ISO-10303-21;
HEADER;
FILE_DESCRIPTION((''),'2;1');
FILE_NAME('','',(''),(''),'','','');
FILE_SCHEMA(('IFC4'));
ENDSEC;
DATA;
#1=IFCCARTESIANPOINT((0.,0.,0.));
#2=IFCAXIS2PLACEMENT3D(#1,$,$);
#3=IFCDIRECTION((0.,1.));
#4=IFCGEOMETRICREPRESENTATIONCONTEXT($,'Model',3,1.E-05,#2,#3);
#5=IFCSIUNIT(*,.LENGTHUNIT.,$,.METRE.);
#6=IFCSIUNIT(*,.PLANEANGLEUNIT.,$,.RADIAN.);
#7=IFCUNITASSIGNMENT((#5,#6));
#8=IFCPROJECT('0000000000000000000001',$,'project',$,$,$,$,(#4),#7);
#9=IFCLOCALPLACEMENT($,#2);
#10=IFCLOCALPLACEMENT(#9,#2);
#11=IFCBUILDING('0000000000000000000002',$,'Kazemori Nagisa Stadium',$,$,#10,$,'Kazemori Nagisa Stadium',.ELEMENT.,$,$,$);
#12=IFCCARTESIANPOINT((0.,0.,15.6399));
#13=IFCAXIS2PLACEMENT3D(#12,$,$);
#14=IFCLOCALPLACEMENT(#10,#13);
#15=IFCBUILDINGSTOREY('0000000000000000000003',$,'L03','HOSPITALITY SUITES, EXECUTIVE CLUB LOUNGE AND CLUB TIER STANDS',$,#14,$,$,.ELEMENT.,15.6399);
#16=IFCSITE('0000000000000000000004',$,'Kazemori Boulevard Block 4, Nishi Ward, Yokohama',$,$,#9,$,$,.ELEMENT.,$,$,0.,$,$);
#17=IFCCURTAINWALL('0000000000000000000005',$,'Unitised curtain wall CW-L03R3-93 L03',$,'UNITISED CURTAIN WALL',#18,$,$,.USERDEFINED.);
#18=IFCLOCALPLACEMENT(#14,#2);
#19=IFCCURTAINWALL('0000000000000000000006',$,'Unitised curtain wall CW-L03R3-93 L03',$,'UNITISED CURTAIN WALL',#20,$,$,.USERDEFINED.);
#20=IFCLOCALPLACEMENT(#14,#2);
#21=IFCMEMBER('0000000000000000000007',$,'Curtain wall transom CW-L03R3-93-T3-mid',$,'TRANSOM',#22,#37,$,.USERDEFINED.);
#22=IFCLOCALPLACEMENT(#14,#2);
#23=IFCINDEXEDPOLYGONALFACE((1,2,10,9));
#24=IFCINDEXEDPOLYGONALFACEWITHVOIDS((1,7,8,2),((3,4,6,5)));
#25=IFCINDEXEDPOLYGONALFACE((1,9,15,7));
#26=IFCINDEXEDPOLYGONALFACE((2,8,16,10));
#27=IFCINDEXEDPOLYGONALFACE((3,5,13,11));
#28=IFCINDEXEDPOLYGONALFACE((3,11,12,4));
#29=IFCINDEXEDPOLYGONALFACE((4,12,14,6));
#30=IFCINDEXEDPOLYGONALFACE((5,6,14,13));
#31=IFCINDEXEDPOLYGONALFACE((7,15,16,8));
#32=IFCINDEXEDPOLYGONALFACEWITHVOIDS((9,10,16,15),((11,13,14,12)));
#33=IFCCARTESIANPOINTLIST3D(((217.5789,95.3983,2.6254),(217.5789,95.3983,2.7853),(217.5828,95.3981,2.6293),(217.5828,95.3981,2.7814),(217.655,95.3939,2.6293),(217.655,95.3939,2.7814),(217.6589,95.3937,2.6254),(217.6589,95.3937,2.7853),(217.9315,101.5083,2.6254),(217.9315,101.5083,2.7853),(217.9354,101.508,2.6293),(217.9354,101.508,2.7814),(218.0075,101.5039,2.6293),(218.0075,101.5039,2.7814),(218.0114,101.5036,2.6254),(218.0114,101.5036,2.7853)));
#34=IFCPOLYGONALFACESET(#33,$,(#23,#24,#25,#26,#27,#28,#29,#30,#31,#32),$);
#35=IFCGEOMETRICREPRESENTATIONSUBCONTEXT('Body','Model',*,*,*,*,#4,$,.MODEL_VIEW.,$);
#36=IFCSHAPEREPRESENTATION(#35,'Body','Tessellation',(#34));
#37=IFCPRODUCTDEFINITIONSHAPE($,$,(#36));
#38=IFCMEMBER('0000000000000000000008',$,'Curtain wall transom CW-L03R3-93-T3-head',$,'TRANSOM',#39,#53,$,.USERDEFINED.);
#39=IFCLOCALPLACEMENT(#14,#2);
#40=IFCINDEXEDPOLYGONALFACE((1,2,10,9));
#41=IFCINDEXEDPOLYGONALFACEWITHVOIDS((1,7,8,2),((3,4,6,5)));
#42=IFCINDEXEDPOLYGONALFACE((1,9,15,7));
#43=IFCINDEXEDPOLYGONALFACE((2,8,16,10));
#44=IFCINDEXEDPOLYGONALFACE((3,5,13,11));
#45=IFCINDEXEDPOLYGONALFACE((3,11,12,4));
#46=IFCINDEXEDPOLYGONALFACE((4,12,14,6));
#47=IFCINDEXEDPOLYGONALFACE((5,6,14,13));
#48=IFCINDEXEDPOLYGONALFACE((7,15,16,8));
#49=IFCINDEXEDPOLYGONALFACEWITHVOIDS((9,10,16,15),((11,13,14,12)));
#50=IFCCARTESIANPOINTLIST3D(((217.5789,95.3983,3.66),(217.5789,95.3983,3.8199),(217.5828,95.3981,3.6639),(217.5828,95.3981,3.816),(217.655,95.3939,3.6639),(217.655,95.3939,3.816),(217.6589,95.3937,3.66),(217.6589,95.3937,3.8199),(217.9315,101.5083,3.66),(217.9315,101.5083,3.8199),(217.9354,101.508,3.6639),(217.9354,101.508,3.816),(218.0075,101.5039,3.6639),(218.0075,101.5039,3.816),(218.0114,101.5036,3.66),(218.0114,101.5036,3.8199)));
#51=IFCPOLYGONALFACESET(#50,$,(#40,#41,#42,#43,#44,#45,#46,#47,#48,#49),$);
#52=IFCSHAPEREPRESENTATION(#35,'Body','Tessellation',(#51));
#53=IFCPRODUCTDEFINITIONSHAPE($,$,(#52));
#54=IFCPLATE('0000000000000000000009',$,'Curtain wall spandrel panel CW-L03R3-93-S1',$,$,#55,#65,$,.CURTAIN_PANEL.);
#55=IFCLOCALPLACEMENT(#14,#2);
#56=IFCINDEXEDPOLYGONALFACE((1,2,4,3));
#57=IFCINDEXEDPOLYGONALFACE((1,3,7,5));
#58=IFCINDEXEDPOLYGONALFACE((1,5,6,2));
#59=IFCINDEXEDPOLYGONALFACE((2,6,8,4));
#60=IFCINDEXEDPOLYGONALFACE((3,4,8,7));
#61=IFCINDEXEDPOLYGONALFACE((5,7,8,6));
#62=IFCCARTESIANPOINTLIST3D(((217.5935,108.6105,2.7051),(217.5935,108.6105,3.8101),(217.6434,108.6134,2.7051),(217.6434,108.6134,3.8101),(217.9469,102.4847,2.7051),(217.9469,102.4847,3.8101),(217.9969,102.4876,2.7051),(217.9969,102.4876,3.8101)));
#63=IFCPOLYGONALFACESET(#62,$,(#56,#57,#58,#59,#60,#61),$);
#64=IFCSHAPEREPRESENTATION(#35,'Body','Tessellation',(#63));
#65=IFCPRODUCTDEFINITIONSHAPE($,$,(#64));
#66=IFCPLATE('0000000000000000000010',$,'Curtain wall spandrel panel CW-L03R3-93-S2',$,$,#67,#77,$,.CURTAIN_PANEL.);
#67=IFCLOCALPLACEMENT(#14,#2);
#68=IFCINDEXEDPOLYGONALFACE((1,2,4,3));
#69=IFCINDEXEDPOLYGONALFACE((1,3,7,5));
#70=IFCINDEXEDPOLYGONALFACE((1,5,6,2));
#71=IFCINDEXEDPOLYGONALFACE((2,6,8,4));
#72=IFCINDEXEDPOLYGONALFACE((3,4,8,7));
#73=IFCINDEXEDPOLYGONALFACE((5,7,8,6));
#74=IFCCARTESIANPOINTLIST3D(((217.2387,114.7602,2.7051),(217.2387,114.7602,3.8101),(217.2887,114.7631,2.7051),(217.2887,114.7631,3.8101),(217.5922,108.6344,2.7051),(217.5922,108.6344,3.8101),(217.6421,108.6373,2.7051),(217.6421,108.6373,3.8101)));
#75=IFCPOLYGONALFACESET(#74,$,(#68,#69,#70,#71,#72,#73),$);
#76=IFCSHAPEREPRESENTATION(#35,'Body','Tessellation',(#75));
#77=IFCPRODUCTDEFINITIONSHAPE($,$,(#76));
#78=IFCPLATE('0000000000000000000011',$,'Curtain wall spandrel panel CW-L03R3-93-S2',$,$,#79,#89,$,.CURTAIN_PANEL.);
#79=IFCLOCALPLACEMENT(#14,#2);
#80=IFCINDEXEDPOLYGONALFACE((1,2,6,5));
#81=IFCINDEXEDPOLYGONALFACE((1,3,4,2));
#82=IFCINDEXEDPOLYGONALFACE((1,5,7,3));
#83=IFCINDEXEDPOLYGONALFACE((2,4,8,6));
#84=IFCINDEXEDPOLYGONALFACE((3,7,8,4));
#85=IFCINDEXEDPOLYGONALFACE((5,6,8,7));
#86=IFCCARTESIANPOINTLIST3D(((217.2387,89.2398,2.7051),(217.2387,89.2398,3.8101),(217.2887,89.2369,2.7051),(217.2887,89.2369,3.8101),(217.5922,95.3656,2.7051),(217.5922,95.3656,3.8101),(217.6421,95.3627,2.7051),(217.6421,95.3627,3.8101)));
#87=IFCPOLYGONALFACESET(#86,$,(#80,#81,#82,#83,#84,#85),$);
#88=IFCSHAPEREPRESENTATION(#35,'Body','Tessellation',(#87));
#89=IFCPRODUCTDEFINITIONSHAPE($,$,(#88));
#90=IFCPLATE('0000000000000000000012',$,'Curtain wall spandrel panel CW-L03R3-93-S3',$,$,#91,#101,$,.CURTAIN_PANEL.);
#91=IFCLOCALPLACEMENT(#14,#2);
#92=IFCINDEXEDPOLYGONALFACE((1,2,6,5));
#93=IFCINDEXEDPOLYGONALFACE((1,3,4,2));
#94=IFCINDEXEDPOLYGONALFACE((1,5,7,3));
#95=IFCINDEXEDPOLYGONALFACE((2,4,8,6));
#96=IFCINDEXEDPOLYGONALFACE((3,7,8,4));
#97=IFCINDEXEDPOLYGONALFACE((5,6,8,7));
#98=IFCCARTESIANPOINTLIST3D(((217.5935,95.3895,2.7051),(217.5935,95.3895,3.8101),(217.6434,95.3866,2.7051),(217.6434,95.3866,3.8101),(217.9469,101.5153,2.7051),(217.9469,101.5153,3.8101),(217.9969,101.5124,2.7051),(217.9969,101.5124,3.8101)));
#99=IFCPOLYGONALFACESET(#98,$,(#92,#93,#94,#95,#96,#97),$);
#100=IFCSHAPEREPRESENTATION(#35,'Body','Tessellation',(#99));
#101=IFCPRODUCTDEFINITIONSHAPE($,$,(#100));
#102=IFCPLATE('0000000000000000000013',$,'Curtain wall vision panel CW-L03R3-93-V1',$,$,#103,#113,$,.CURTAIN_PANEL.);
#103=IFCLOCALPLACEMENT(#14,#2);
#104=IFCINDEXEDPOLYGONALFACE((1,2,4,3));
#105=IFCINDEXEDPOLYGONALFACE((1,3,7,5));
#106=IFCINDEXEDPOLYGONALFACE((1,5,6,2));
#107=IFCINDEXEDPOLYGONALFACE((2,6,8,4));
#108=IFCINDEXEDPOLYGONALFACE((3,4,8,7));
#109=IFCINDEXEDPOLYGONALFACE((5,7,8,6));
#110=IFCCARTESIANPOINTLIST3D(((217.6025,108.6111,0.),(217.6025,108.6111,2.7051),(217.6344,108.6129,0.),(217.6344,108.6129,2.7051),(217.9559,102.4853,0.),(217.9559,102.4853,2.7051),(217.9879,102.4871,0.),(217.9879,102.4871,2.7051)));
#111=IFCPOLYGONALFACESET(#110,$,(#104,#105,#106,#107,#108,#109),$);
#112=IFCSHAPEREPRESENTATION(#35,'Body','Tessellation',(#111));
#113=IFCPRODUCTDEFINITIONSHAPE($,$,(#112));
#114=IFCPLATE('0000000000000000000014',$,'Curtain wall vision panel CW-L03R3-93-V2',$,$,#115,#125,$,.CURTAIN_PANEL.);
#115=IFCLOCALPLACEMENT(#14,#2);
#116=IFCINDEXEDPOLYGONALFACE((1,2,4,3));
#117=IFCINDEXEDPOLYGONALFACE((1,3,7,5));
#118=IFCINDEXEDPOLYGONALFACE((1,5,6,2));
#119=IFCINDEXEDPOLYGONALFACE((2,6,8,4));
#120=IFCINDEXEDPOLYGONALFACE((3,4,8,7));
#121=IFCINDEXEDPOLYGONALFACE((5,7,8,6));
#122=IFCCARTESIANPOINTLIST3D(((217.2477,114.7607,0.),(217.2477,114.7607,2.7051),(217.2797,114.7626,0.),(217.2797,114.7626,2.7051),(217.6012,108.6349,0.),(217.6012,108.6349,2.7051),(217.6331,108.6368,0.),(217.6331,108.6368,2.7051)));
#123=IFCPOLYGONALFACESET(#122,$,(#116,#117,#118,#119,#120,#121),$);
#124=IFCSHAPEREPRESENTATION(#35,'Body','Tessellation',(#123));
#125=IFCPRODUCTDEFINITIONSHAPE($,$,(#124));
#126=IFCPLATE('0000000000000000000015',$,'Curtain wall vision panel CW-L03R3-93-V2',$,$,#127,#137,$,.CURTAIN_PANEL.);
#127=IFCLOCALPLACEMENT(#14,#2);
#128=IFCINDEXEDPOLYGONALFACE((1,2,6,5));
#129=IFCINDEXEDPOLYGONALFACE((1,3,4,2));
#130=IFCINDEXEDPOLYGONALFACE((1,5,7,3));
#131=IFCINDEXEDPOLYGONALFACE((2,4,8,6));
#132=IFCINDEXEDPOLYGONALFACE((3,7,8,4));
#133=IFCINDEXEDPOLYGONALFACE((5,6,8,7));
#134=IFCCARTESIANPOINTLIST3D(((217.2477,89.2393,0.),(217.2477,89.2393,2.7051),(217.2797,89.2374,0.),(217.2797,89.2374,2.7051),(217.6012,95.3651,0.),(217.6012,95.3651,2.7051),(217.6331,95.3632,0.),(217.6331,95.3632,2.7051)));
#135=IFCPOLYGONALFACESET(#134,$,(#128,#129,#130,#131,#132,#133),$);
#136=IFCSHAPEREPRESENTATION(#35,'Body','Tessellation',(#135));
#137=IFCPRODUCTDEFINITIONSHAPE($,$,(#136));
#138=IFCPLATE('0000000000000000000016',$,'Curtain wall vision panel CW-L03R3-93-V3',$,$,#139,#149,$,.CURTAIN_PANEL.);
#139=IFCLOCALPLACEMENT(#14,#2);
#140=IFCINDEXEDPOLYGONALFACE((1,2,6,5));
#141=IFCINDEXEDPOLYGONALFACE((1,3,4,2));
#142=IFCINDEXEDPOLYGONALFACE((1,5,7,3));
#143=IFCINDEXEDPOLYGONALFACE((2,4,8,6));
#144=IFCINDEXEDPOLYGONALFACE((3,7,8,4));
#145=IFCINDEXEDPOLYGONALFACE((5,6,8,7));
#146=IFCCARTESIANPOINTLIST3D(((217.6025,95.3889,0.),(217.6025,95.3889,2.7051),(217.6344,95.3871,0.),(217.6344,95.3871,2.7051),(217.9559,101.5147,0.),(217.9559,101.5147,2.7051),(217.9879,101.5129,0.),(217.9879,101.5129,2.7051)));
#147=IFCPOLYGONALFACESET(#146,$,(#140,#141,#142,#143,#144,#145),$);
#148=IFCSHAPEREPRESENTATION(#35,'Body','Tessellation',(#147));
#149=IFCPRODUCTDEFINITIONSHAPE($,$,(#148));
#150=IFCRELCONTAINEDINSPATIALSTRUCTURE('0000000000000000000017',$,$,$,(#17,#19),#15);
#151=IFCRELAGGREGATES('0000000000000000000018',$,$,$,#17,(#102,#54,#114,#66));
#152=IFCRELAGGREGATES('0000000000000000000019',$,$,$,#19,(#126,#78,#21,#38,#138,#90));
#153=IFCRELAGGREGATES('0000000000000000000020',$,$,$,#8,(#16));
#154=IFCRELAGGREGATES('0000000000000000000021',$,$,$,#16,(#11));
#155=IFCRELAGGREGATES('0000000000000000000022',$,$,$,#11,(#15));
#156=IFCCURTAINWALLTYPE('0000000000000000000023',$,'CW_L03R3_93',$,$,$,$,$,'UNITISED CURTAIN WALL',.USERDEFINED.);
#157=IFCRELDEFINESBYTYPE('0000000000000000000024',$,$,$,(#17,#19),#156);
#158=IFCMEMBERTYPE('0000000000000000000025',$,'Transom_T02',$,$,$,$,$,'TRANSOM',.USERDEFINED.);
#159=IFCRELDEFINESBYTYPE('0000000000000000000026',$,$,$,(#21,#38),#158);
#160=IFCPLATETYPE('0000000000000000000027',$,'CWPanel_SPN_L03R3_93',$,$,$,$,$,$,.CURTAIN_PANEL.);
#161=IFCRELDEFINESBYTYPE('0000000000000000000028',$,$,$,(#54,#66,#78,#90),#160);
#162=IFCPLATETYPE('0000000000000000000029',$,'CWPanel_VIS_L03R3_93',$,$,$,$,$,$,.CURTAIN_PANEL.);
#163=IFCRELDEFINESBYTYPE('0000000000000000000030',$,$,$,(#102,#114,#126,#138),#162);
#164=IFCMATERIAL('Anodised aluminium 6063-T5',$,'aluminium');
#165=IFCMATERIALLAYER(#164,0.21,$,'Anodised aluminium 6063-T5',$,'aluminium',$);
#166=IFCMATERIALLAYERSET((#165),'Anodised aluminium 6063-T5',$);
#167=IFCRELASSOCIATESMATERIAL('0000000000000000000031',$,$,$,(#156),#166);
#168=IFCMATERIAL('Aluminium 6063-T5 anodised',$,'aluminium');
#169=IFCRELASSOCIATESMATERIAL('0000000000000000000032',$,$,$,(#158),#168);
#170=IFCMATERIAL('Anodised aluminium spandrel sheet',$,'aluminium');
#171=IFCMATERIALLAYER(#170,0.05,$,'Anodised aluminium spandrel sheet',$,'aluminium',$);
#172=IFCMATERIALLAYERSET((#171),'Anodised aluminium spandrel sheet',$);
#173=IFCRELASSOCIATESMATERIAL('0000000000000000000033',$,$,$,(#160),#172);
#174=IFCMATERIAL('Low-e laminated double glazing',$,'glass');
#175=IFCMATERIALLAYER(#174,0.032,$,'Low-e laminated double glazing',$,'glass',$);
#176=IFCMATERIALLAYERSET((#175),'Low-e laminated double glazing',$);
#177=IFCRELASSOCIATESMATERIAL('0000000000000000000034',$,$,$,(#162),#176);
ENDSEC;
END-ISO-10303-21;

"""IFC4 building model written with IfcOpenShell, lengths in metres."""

from ifc_helpers import new_model, si_unit, direction, frame, origin, origin_2d, place, context, subcontext, project, spatial, rectangle, hollow_rectangle, extrude, material, layer, layer_set, material_profile, profile_set, type_object, element, aggregate, save


model = new_model("IFC4")

# Units and contexts
model_context = context("Model", 3, precision=1e-05, world=origin(), true_north=direction((0.0, 1.0)))
body_context = subcontext(model_context, "Body", "Model", "MODEL_VIEW")
ifc_project = project(units=[si_unit("LENGTHUNIT", "METRE"), si_unit("PLANEANGLEUNIT", "RADIAN")], contexts=[model_context])

# Site, building, storey
site_placement = place(None, origin())
site = spatial("IfcSite", under=ifc_project, at=site_placement, Name="Kazemori Boulevard Block 4, Nishi Ward, Yokohama", CompositionType="ELEMENT", RefElevation=0.0)
building_placement = place(site_placement, origin())
building = spatial("IfcBuilding", under=site, at=building_placement, Name="Kazemori Nagisa Stadium", LongName="Kazemori Nagisa Stadium", CompositionType="ELEMENT")
storey_placement = place(building_placement, frame((0.0, 0.0, 15.6399)))
storey = spatial("IfcBuildingStorey", under=building, at=storey_placement, Name="L03", Description="HOSPITALITY SUITES, EXECUTIVE CLUB LOUNGE AND CLUB TIER STANDS", CompositionType="ELEMENT", Elevation=15.6399)

# Curtain walls
ifc_material_1 = material(Name="Anodised aluminium 6063-T5", Category="aluminium")
ifc_layer_1 = layer(ifc_material_1, 0.21, Name="Anodised aluminium 6063-T5", Category="aluminium")
ifc_layer_set_1 = layer_set([ifc_layer_1], Name="Anodised aluminium 6063-T5")
curtain_wall_type = type_object("IfcCurtainWallType", Name="CW_L03R3_93", ElementType="UNITISED CURTAIN WALL", PredefinedType="USERDEFINED", material=ifc_layer_set_1)
curtain_wall_1_placement = place(storey_placement, origin())
curtain_wall_1 = element("IfcCurtainWall", 1, at=curtain_wall_1_placement, inside=storey, type_object=curtain_wall_type, Name="Unitised curtain wall CW-L03R3-93 L03", ObjectType="UNITISED CURTAIN WALL", PredefinedType="USERDEFINED")
ifc_material_2 = material(Name="Aluminium 6063-T5 anodised", Category="aluminium")
curtain_wall_2_placement = place(storey_placement, origin())
curtain_wall_2 = element("IfcCurtainWall", 2, at=curtain_wall_2_placement, inside=storey, type_object=curtain_wall_type, Name="Unitised curtain wall CW-L03R3-93 L03", ObjectType="UNITISED CURTAIN WALL", PredefinedType="USERDEFINED")

# Members
ifc_material_profile_1 = material_profile(ifc_material_2, hollow_rectangle(XDim=0.0801, YDim=0.1599, WallThickness=0.0039, at=origin_2d()), Name="ALU-TRAN-80x160x4")
ifc_profile_set_1 = profile_set([ifc_material_profile_1], Name="Aluminium 6063-T5 anodised")
member_type_1 = type_object("IfcMemberType", Name="Transom_T02", ElementType="TRANSOM", PredefinedType="USERDEFINED", material=ifc_profile_set_1)
member_1_placement = place(storey_placement, frame((217.6189, 95.396, 2.7053), z_axis=(0.057604, 0.99834, 0.0), x_axis=(-0.99834, 0.057604, 0.0)))
member_1 = element("IfcMember", 3, at=member_1_placement, type_object=member_type_1, Name="Curtain wall transom CW-L03R3-93-T3-mid", ObjectType="TRANSOM", PredefinedType="USERDEFINED", context=body_context, shape_type="SweptSolid", body=[
    extrude(hollow_rectangle(XDim=0.0801, YDim=0.1599, WallThickness=0.0039, at=origin_2d()), origin(), (0.0, 0.0, 1.0), 6.1201),
])
member_2_placement = place(storey_placement, frame((217.6189, 95.396, 3.74), z_axis=(0.057604, 0.99834, 0.0), x_axis=(-0.99834, 0.057604, 0.0)))
member_2 = element("IfcMember", 4, at=member_2_placement, type_object=member_type_1, Name="Curtain wall transom CW-L03R3-93-T3-head", ObjectType="TRANSOM", PredefinedType="USERDEFINED", context=body_context, shape_type="SweptSolid", body=[
    extrude(hollow_rectangle(XDim=0.0801, YDim=0.1599, WallThickness=0.0039, at=origin_2d()), origin(), (0.0, 0.0, 1.0), 6.1201),
])

# Plates
ifc_material_3 = material(Name="Anodised aluminium spandrel sheet", Category="aluminium")
ifc_layer_2 = layer(ifc_material_3, 0.05, Name="Anodised aluminium spandrel sheet", Category="aluminium")
ifc_layer_set_2 = layer_set([ifc_layer_2], Name="Anodised aluminium spandrel sheet")
plate_type_1 = type_object("IfcPlateType", Name="CWPanel_SPN_L03R3_93", PredefinedType="CURTAIN_PANEL", material=ifc_layer_set_2)
plate_1_placement = place(storey_placement, frame((217.7952, 105.5491, 2.7051), z_axis=(0.0, 0.0, 1.0), x_axis=(-0.057602, 0.99834, 0.0)))
plate_1 = element("IfcPlate", 5, at=plate_1_placement, type_object=plate_type_1, Name="Curtain wall spandrel panel CW-L03R3-93-S1", PredefinedType="CURTAIN_PANEL", context=body_context, shape_type="SweptSolid", body=[
    extrude(rectangle(XDim=6.136, YDim=0.05, at=origin_2d()), origin(), (0.0, 0.0, 1.0), 1.105),
])
plate_2_placement = place(storey_placement, frame((217.4404, 111.6987, 2.7051), z_axis=(0.0, 0.0, 1.0), x_axis=(-0.057602, 0.99834, 0.0)))
plate_2 = element("IfcPlate", 6, at=plate_2_placement, type_object=plate_type_1, Name="Curtain wall spandrel panel CW-L03R3-93-S2", PredefinedType="CURTAIN_PANEL", context=body_context, shape_type="SweptSolid", body=[
    extrude(rectangle(XDim=6.136, YDim=0.05, at=origin_2d()), origin(), (0.0, 0.0, 1.0), 1.105),
])
plate_3_placement = place(storey_placement, frame((217.4404, 92.3013, 2.7051), z_axis=(0.0, 0.0, 1.0), x_axis=(0.057602, 0.99834, 0.0)))
plate_3 = element("IfcPlate", 7, at=plate_3_placement, type_object=plate_type_1, Name="Curtain wall spandrel panel CW-L03R3-93-S2", PredefinedType="CURTAIN_PANEL", context=body_context, shape_type="SweptSolid", body=[
    extrude(rectangle(XDim=6.136, YDim=0.05, at=origin_2d()), origin(), (0.0, 0.0, 1.0), 1.105),
])
plate_4_placement = place(storey_placement, frame((217.7952, 98.4509, 2.7051), z_axis=(0.0, 0.0, 1.0), x_axis=(0.057602, 0.99834, 0.0)))
plate_4 = element("IfcPlate", 8, at=plate_4_placement, type_object=plate_type_1, Name="Curtain wall spandrel panel CW-L03R3-93-S3", PredefinedType="CURTAIN_PANEL", context=body_context, shape_type="SweptSolid", body=[
    extrude(rectangle(XDim=6.136, YDim=0.05, at=origin_2d()), origin(), (0.0, 0.0, 1.0), 1.105),
])
ifc_material_4 = material(Name="Low-e laminated double glazing", Category="glass")
ifc_layer_3 = layer(ifc_material_4, 0.032, Name="Low-e laminated double glazing", Category="glass")
ifc_layer_set_3 = layer_set([ifc_layer_3], Name="Low-e laminated double glazing")
plate_type_2 = type_object("IfcPlateType", Name="CWPanel_VIS_L03R3_93", PredefinedType="CURTAIN_PANEL", material=ifc_layer_set_3)
plate_5_placement = place(storey_placement, frame((217.7952, 105.5491, 0.0), z_axis=(0.0, 0.0, 1.0), x_axis=(-0.057602, 0.99834, 0.0)))
plate_5 = element("IfcPlate", 9, at=plate_5_placement, type_object=plate_type_2, Name="Curtain wall vision panel CW-L03R3-93-V1", PredefinedType="CURTAIN_PANEL", context=body_context, shape_type="SweptSolid", body=[
    extrude(rectangle(XDim=6.136, YDim=0.032, at=origin_2d()), origin(), (0.0, 0.0, 1.0), 2.7051),
])
plate_6_placement = place(storey_placement, frame((217.4404, 111.6987, 0.0), z_axis=(0.0, 0.0, 1.0), x_axis=(-0.057602, 0.99834, 0.0)))
plate_6 = element("IfcPlate", 10, at=plate_6_placement, type_object=plate_type_2, Name="Curtain wall vision panel CW-L03R3-93-V2", PredefinedType="CURTAIN_PANEL", context=body_context, shape_type="SweptSolid", body=[
    extrude(rectangle(XDim=6.136, YDim=0.032, at=origin_2d()), origin(), (0.0, 0.0, 1.0), 2.7051),
])
aggregate(curtain_wall_1, [plate_5, plate_1, plate_6, plate_2])
plate_7_placement = place(storey_placement, frame((217.4404, 92.3013, 0.0), z_axis=(0.0, 0.0, 1.0), x_axis=(0.057602, 0.99834, 0.0)))
plate_7 = element("IfcPlate", 11, at=plate_7_placement, type_object=plate_type_2, Name="Curtain wall vision panel CW-L03R3-93-V2", PredefinedType="CURTAIN_PANEL", context=body_context, shape_type="SweptSolid", body=[
    extrude(rectangle(XDim=6.136, YDim=0.032, at=origin_2d()), origin(), (0.0, 0.0, 1.0), 2.7051),
])
plate_8_placement = place(storey_placement, frame((217.7952, 98.4509, 0.0), z_axis=(0.0, 0.0, 1.0), x_axis=(0.057602, 0.99834, 0.0)))
plate_8 = element("IfcPlate", 12, at=plate_8_placement, type_object=plate_type_2, Name="Curtain wall vision panel CW-L03R3-93-V3", PredefinedType="CURTAIN_PANEL", context=body_context, shape_type="SweptSolid", body=[
    extrude(rectangle(XDim=6.136, YDim=0.032, at=origin_2d()), origin(), (0.0, 0.0, 1.0), 2.7051),
])
aggregate(curtain_wall_2, [plate_7, plate_3, member_1, member_2, plate_8, plate_4])

save(model, "model.ifc")
